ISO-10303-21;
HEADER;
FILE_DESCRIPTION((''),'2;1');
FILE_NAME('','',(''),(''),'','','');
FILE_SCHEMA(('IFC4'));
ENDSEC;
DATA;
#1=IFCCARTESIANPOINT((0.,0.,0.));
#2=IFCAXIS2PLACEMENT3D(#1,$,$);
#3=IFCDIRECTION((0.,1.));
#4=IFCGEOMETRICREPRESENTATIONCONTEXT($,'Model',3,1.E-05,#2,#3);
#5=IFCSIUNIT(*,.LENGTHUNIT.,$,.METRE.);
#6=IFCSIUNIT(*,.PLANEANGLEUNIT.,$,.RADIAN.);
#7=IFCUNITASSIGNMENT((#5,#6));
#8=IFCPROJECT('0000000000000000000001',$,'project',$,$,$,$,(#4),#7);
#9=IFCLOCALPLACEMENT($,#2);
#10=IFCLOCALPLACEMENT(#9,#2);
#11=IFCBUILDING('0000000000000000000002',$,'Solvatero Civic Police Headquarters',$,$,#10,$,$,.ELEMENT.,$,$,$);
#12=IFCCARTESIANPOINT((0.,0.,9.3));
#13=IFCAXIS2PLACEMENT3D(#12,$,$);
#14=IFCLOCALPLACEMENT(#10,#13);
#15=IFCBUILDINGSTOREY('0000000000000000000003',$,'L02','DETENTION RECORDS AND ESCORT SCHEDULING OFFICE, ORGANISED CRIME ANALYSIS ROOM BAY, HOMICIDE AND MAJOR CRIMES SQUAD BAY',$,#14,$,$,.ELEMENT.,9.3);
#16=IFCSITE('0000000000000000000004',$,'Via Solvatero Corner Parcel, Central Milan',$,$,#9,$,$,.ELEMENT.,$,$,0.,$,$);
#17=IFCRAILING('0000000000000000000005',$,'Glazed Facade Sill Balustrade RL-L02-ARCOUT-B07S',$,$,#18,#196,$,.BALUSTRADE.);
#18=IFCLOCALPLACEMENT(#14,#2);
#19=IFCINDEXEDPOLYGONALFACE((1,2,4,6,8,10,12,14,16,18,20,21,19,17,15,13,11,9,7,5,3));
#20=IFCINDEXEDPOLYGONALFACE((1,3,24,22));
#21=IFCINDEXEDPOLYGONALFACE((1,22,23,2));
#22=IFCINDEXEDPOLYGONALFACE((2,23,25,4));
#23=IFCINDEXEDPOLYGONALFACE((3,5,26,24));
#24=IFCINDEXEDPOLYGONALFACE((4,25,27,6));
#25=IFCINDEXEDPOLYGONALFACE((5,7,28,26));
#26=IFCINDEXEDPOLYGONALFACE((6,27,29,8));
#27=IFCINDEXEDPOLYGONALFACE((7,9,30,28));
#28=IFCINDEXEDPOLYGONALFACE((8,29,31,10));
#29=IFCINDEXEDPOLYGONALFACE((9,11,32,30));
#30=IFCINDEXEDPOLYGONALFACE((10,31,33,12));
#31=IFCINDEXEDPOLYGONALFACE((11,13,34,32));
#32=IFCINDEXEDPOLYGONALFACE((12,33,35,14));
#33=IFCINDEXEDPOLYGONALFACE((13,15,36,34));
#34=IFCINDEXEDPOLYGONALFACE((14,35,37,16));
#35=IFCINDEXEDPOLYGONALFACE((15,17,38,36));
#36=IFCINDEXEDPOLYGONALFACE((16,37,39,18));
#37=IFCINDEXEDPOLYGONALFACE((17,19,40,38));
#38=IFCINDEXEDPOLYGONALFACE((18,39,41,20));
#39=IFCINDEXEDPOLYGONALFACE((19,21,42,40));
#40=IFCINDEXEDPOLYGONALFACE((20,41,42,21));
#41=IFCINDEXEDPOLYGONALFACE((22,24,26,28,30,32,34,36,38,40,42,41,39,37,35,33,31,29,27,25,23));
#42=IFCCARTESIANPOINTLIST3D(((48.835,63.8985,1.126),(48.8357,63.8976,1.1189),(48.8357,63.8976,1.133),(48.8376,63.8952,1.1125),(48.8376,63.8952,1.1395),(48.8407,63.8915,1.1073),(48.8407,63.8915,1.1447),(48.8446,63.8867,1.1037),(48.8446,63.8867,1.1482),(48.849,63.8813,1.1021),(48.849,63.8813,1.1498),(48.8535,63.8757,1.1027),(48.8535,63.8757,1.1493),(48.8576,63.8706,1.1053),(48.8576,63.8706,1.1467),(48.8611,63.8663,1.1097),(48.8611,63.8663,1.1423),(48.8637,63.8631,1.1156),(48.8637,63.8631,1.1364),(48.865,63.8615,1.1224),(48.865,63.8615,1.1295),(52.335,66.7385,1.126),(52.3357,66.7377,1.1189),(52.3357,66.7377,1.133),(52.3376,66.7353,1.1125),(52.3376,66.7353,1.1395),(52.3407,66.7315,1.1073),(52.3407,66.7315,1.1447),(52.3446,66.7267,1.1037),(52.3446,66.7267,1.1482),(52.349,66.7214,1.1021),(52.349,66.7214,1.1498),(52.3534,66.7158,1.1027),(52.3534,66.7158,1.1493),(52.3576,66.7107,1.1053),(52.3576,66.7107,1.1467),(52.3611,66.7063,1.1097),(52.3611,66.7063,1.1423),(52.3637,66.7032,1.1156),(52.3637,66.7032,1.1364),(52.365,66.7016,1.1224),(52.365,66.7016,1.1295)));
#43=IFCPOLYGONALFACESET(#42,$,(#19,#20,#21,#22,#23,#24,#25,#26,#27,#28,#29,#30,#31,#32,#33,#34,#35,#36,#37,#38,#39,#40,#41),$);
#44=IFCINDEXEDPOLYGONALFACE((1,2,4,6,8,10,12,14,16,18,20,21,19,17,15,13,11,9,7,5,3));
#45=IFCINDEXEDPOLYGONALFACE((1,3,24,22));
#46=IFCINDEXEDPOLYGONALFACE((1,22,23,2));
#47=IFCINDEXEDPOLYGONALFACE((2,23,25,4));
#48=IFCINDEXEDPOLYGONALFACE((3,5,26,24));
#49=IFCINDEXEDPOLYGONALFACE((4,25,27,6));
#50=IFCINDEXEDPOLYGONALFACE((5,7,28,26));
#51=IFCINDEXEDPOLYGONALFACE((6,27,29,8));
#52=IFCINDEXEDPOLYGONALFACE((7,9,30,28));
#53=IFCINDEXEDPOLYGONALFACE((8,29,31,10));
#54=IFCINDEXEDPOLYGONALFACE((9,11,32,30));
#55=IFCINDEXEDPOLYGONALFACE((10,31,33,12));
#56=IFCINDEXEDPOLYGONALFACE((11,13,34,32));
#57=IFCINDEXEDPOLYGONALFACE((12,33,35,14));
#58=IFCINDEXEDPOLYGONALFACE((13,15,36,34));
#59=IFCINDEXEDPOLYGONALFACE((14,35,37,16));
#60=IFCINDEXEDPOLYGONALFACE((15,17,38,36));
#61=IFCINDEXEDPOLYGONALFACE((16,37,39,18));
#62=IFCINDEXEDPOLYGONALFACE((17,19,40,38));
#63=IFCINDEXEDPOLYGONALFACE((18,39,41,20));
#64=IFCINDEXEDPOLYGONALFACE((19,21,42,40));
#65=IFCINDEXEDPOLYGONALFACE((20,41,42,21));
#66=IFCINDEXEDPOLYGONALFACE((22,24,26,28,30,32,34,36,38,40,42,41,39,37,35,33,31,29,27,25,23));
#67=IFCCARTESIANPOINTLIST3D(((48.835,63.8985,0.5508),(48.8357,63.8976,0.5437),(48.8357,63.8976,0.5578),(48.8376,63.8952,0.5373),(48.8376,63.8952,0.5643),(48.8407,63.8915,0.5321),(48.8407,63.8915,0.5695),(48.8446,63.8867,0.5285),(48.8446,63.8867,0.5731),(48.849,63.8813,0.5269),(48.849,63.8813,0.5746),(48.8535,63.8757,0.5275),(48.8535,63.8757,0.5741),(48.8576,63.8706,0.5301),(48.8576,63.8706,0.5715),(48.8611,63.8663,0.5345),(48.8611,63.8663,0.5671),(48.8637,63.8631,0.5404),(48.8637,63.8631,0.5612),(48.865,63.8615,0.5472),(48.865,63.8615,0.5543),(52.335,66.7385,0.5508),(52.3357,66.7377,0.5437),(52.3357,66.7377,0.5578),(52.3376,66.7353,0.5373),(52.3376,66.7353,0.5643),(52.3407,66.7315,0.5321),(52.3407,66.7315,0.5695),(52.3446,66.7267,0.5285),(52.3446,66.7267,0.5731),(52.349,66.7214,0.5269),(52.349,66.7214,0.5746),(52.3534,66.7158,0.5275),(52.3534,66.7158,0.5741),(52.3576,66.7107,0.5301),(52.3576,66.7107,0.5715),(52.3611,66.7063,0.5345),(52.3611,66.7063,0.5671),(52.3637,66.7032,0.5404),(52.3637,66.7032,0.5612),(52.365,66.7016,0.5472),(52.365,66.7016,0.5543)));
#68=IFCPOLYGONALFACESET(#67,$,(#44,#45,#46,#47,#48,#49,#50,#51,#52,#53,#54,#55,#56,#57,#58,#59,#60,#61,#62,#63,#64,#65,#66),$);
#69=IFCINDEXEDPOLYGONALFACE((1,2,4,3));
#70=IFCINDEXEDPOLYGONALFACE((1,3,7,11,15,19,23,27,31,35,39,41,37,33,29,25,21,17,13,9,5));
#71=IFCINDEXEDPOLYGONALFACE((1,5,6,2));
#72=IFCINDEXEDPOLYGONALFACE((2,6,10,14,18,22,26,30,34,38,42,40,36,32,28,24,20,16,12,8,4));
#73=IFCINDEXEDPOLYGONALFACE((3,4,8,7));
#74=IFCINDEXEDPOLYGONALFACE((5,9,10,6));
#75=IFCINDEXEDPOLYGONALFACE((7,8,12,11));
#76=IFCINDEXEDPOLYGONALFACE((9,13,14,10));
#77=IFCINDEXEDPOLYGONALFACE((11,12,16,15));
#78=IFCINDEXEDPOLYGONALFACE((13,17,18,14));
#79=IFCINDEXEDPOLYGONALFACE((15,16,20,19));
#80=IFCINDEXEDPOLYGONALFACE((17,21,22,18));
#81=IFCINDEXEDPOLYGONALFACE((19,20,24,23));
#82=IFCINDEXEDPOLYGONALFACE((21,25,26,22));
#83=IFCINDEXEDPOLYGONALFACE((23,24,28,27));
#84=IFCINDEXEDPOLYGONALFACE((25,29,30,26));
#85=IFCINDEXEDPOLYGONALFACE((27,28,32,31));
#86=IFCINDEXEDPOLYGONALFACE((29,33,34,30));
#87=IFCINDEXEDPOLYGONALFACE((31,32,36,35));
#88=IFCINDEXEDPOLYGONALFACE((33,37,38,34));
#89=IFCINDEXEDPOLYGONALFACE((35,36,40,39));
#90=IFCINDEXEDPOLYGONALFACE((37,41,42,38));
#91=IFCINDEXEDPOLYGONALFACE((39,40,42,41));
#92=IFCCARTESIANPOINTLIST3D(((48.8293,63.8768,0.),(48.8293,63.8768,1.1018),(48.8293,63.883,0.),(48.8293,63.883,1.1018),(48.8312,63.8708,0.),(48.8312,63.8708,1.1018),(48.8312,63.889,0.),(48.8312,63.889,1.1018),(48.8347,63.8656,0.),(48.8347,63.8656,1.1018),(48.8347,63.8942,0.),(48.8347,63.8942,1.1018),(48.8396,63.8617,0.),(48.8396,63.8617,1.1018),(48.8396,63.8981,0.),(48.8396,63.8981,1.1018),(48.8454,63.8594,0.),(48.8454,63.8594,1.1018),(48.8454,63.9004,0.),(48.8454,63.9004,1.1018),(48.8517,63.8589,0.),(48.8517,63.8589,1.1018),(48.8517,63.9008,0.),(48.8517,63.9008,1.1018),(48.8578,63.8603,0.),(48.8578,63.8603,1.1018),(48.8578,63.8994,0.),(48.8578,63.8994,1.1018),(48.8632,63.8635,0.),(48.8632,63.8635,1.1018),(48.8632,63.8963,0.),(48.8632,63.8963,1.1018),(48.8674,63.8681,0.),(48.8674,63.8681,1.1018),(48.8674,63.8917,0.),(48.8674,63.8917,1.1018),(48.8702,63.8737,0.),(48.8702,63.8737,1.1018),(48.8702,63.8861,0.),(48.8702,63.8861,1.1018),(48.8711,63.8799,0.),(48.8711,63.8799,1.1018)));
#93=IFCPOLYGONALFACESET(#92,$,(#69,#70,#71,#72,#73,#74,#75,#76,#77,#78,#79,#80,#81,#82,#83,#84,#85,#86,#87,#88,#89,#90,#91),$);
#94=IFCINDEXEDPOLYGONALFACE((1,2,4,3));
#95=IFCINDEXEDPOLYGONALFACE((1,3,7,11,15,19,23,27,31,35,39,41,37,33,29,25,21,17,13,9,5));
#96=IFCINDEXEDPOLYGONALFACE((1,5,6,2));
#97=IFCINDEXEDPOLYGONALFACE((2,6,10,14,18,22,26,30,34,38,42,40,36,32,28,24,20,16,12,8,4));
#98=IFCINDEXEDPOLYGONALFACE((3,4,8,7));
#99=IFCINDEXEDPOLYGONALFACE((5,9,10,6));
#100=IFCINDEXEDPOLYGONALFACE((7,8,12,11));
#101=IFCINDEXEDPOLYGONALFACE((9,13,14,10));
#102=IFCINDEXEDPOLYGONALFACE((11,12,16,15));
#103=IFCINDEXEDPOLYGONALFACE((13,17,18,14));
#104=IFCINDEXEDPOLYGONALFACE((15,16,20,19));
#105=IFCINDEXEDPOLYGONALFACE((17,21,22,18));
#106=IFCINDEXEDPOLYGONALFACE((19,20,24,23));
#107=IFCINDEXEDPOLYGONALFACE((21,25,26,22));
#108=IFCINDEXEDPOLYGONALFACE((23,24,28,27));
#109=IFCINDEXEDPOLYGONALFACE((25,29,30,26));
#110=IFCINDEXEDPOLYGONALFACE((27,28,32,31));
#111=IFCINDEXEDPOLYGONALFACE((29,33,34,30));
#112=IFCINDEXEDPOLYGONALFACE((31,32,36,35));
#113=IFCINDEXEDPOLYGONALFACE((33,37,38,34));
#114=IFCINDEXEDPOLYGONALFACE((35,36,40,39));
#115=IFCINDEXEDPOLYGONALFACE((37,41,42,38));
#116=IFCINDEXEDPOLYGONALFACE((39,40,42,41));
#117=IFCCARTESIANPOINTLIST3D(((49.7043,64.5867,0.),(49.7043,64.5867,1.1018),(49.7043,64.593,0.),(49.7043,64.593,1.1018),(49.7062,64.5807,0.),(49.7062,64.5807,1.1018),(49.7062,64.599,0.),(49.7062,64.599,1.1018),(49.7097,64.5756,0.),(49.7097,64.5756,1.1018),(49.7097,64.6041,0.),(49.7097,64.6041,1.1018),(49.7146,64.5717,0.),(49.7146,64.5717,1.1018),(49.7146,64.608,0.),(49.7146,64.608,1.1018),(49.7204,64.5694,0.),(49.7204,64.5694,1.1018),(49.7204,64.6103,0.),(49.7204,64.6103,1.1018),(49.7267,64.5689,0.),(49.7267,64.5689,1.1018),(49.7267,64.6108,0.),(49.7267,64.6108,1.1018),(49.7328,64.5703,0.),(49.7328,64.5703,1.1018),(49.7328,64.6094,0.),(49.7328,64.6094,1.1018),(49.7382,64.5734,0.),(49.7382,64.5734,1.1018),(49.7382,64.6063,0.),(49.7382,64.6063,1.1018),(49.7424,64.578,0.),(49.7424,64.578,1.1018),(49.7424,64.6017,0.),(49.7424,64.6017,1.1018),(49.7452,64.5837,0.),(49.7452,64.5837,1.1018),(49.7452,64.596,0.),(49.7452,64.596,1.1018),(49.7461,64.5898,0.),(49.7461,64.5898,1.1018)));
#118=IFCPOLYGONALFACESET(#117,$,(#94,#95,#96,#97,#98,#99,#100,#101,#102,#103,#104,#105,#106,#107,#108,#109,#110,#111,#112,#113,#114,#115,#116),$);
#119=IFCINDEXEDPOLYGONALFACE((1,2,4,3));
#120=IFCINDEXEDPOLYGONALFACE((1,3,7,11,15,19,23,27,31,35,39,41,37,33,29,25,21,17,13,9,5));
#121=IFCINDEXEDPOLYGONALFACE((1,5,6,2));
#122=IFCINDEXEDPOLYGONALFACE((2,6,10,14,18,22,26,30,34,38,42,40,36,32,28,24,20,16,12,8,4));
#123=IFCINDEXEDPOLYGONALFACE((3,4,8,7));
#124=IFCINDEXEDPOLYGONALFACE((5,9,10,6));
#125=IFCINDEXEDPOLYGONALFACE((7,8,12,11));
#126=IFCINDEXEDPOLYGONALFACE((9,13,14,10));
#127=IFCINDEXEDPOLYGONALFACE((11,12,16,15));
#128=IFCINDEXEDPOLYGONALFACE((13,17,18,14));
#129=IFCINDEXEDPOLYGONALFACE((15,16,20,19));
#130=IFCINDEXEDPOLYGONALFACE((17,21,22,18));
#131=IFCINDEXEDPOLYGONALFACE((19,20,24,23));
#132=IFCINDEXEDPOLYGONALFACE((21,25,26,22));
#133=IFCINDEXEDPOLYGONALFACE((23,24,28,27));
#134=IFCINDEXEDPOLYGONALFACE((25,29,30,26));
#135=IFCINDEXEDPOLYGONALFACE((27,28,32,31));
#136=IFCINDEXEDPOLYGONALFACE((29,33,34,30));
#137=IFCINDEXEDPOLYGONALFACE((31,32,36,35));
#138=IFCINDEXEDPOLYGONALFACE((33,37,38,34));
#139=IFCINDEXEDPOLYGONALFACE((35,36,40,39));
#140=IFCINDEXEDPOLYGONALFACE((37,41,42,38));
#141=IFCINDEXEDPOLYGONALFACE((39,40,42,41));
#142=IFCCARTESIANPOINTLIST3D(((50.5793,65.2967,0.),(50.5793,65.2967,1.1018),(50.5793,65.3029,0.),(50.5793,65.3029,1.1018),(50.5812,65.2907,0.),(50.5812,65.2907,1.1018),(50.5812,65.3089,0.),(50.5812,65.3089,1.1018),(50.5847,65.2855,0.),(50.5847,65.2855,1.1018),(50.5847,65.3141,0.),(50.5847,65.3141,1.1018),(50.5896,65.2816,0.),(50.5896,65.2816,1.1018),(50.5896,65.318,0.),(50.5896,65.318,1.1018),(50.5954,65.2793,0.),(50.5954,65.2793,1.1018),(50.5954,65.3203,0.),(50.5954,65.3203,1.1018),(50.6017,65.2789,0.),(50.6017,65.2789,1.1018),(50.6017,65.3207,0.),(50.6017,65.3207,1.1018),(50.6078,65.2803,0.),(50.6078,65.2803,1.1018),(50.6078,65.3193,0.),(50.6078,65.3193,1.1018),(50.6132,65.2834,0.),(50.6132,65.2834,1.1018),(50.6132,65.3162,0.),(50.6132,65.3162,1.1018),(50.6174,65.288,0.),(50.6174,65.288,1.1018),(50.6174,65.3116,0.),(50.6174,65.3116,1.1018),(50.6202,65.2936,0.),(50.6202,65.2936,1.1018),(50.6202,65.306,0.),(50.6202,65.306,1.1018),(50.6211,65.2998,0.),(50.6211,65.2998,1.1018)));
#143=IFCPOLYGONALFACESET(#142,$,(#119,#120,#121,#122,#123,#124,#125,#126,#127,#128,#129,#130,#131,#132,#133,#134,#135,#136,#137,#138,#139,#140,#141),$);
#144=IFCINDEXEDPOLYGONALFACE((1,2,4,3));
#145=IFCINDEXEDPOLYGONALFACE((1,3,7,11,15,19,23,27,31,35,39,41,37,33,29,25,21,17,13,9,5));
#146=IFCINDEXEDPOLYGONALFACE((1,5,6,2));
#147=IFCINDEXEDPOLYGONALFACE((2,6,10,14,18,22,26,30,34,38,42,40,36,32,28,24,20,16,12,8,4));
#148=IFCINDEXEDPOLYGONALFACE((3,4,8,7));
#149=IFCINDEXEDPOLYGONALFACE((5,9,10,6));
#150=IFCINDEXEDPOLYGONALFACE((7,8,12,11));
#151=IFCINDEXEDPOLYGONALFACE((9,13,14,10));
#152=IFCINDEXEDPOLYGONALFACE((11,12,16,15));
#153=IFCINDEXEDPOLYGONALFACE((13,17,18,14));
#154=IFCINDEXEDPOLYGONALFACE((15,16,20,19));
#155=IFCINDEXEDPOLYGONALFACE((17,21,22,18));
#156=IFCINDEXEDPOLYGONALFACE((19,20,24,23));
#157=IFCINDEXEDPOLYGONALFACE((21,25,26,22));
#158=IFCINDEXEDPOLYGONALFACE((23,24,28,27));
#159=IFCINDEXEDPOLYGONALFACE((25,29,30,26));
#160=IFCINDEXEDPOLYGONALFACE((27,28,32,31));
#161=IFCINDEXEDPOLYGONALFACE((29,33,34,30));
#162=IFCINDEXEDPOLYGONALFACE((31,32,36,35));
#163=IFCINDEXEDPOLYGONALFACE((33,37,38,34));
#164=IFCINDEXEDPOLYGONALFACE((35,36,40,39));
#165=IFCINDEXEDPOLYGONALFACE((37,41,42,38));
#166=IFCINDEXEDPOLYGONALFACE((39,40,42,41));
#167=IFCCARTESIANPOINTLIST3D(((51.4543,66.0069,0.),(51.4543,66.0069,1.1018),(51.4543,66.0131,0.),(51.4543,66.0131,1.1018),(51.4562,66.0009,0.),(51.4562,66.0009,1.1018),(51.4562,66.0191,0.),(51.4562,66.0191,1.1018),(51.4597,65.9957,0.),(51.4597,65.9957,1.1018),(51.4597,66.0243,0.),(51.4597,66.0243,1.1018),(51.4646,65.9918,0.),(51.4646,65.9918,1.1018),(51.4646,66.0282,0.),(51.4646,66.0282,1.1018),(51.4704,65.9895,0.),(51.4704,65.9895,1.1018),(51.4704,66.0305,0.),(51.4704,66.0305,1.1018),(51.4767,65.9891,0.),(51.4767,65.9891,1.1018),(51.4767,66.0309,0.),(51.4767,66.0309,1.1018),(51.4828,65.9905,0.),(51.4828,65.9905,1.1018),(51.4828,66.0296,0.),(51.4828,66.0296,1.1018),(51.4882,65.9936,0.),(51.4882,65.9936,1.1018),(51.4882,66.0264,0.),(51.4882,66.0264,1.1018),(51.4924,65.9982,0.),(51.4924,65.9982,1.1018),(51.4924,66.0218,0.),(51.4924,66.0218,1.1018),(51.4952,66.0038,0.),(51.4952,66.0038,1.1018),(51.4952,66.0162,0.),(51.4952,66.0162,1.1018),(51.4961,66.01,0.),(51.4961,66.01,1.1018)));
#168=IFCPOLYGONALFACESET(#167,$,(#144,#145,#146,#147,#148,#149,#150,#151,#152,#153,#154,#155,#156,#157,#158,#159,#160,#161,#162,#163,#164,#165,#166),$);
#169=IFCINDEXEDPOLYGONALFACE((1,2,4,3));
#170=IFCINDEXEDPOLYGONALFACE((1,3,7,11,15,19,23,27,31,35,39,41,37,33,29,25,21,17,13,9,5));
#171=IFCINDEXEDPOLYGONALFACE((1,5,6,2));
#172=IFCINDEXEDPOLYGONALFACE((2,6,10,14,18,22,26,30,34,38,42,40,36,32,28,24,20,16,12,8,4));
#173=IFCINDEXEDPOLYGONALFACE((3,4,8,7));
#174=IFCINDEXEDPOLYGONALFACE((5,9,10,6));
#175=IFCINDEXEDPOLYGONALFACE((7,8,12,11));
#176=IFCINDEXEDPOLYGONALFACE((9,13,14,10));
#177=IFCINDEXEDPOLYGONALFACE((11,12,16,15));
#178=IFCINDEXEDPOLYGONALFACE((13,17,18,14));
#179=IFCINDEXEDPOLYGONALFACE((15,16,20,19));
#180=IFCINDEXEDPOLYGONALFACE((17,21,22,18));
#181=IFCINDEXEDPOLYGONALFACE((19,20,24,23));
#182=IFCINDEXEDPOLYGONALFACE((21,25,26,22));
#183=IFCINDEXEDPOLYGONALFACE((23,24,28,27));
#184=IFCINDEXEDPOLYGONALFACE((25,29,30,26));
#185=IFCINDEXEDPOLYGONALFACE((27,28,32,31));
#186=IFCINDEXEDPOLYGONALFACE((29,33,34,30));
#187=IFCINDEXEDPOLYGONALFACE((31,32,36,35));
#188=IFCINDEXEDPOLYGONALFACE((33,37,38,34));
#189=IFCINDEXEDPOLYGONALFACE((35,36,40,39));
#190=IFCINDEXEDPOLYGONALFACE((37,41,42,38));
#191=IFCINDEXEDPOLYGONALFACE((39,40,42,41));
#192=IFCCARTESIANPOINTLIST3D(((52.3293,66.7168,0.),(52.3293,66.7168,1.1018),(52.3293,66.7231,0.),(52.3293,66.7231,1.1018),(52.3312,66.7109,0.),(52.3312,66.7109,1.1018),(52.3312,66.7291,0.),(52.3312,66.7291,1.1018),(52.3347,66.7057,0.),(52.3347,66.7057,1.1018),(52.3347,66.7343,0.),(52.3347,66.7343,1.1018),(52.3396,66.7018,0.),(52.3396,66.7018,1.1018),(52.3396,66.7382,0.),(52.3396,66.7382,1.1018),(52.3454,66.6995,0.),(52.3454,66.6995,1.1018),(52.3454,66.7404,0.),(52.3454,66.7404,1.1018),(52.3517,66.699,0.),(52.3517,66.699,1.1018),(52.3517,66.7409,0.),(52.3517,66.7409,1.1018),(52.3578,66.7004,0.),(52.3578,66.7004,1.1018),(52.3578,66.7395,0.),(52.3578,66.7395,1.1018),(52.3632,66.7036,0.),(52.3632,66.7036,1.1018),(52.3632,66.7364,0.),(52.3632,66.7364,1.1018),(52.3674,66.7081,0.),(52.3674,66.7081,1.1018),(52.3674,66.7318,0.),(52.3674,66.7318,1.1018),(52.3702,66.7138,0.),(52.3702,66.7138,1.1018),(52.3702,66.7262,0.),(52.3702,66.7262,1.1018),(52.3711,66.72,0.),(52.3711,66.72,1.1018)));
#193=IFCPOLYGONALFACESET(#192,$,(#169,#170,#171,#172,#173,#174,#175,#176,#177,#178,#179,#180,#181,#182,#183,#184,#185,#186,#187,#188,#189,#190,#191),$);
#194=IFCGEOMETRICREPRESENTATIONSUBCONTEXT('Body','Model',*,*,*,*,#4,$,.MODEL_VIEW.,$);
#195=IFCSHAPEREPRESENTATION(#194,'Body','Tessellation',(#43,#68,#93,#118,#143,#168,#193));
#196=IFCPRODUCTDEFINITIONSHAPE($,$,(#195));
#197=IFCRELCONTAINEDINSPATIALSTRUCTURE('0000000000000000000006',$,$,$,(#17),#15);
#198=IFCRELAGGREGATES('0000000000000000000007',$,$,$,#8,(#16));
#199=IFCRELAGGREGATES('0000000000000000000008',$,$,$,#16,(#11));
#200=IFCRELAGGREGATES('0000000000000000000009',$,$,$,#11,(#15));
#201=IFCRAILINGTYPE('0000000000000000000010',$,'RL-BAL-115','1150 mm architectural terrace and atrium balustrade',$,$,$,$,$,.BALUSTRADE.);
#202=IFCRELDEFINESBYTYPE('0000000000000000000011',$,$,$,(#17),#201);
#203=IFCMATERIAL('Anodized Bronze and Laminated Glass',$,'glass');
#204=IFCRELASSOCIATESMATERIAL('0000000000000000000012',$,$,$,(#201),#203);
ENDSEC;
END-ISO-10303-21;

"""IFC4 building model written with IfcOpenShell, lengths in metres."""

from ifc_helpers import new_model, si_unit, direction, frame, origin, origin_2d, place, context, subcontext, project, spatial, circle, extrude, material, type_object, element, save


model = new_model("IFC4")

# Units and contexts
model_context = context("Model", 3, precision=1e-05, world=origin(), true_north=direction((0.0, 1.0)))
body_context = subcontext(model_context, "Body", "Model", "MODEL_VIEW")
ifc_project = project(units=[si_unit("LENGTHUNIT", "METRE"), si_unit("PLANEANGLEUNIT", "RADIAN")], contexts=[model_context])

# Site, building, storey
site_placement = place(None, origin())
site = spatial("IfcSite", under=ifc_project, at=site_placement, Name="Via Solvatero Corner Parcel, Central Milan", CompositionType="ELEMENT", RefElevation=0.0)
building_placement = place(site_placement, origin())
building = spatial("IfcBuilding", under=site, at=building_placement, Name="Solvatero Civic Police Headquarters", CompositionType="ELEMENT")
storey_placement = place(building_placement, frame((0.0, 0.0, 9.3)))
storey = spatial("IfcBuildingStorey", under=building, at=storey_placement, Name="L02", Description="DETENTION RECORDS AND ESCORT SCHEDULING OFFICE, ORGANISED CRIME ANALYSIS ROOM BAY, HOMICIDE AND MAJOR CRIMES SQUAD BAY", CompositionType="ELEMENT", Elevation=9.3)

# Railing
ifc_material_1 = material(Name="Anodized Bronze and Laminated Glass", Category="glass")
railing_type = type_object("IfcRailingType", Name="RL-BAL-115", Description="1150 mm architectural terrace and atrium balustrade", PredefinedType="BALUSTRADE", material=ifc_material_1)
railing_1_placement = place(storey_placement, frame((48.8501, 63.8799, 0.0)))
element("IfcRailing", 1, at=railing_1_placement, inside=storey, type_object=railing_type, Name="Glazed Facade Sill Balustrade RL-L02-ARCOUT-B07S", PredefinedType="BALUSTRADE", context=body_context, shape_type="SweptSolid", body=[
    extrude(circle(Radius=0.0239, at=origin_2d()), frame((0.0, 0.0, 1.126), z_axis=(0.776511, 0.630103, 0.0), x_axis=(-0.630103, 0.776511, 0.0)), (0.0, 0.0, 1.0), 4.5073),
    extrude(circle(Radius=0.0239, at=origin_2d()), frame((0.0, 0.0, 0.5508), z_axis=(0.776511, 0.630103, 0.0), x_axis=(-0.630103, 0.776511, 0.0)), (0.0, 0.0, 1.0), 4.5073),
    extrude(circle(Radius=0.021, at=origin_2d()), origin(), (0.0, 0.0, 1.0), 1.1018),
    extrude(circle(Radius=0.021, at=origin_2d()), frame((0.875, 0.71, 0.0)), (0.0, 0.0, 1.0), 1.1018),
    extrude(circle(Radius=0.021, at=origin_2d()), frame((1.75, 1.4199, 0.0)), (0.0, 0.0, 1.0), 1.1018),
    extrude(circle(Radius=0.021, at=origin_2d()), frame((2.625, 2.1301, 0.0)), (0.0, 0.0, 1.0), 1.1018),
    extrude(circle(Radius=0.021, at=origin_2d()), frame((3.5, 2.8401, 0.0)), (0.0, 0.0, 1.0), 1.1018),
])

save(model, "model.ifc")
